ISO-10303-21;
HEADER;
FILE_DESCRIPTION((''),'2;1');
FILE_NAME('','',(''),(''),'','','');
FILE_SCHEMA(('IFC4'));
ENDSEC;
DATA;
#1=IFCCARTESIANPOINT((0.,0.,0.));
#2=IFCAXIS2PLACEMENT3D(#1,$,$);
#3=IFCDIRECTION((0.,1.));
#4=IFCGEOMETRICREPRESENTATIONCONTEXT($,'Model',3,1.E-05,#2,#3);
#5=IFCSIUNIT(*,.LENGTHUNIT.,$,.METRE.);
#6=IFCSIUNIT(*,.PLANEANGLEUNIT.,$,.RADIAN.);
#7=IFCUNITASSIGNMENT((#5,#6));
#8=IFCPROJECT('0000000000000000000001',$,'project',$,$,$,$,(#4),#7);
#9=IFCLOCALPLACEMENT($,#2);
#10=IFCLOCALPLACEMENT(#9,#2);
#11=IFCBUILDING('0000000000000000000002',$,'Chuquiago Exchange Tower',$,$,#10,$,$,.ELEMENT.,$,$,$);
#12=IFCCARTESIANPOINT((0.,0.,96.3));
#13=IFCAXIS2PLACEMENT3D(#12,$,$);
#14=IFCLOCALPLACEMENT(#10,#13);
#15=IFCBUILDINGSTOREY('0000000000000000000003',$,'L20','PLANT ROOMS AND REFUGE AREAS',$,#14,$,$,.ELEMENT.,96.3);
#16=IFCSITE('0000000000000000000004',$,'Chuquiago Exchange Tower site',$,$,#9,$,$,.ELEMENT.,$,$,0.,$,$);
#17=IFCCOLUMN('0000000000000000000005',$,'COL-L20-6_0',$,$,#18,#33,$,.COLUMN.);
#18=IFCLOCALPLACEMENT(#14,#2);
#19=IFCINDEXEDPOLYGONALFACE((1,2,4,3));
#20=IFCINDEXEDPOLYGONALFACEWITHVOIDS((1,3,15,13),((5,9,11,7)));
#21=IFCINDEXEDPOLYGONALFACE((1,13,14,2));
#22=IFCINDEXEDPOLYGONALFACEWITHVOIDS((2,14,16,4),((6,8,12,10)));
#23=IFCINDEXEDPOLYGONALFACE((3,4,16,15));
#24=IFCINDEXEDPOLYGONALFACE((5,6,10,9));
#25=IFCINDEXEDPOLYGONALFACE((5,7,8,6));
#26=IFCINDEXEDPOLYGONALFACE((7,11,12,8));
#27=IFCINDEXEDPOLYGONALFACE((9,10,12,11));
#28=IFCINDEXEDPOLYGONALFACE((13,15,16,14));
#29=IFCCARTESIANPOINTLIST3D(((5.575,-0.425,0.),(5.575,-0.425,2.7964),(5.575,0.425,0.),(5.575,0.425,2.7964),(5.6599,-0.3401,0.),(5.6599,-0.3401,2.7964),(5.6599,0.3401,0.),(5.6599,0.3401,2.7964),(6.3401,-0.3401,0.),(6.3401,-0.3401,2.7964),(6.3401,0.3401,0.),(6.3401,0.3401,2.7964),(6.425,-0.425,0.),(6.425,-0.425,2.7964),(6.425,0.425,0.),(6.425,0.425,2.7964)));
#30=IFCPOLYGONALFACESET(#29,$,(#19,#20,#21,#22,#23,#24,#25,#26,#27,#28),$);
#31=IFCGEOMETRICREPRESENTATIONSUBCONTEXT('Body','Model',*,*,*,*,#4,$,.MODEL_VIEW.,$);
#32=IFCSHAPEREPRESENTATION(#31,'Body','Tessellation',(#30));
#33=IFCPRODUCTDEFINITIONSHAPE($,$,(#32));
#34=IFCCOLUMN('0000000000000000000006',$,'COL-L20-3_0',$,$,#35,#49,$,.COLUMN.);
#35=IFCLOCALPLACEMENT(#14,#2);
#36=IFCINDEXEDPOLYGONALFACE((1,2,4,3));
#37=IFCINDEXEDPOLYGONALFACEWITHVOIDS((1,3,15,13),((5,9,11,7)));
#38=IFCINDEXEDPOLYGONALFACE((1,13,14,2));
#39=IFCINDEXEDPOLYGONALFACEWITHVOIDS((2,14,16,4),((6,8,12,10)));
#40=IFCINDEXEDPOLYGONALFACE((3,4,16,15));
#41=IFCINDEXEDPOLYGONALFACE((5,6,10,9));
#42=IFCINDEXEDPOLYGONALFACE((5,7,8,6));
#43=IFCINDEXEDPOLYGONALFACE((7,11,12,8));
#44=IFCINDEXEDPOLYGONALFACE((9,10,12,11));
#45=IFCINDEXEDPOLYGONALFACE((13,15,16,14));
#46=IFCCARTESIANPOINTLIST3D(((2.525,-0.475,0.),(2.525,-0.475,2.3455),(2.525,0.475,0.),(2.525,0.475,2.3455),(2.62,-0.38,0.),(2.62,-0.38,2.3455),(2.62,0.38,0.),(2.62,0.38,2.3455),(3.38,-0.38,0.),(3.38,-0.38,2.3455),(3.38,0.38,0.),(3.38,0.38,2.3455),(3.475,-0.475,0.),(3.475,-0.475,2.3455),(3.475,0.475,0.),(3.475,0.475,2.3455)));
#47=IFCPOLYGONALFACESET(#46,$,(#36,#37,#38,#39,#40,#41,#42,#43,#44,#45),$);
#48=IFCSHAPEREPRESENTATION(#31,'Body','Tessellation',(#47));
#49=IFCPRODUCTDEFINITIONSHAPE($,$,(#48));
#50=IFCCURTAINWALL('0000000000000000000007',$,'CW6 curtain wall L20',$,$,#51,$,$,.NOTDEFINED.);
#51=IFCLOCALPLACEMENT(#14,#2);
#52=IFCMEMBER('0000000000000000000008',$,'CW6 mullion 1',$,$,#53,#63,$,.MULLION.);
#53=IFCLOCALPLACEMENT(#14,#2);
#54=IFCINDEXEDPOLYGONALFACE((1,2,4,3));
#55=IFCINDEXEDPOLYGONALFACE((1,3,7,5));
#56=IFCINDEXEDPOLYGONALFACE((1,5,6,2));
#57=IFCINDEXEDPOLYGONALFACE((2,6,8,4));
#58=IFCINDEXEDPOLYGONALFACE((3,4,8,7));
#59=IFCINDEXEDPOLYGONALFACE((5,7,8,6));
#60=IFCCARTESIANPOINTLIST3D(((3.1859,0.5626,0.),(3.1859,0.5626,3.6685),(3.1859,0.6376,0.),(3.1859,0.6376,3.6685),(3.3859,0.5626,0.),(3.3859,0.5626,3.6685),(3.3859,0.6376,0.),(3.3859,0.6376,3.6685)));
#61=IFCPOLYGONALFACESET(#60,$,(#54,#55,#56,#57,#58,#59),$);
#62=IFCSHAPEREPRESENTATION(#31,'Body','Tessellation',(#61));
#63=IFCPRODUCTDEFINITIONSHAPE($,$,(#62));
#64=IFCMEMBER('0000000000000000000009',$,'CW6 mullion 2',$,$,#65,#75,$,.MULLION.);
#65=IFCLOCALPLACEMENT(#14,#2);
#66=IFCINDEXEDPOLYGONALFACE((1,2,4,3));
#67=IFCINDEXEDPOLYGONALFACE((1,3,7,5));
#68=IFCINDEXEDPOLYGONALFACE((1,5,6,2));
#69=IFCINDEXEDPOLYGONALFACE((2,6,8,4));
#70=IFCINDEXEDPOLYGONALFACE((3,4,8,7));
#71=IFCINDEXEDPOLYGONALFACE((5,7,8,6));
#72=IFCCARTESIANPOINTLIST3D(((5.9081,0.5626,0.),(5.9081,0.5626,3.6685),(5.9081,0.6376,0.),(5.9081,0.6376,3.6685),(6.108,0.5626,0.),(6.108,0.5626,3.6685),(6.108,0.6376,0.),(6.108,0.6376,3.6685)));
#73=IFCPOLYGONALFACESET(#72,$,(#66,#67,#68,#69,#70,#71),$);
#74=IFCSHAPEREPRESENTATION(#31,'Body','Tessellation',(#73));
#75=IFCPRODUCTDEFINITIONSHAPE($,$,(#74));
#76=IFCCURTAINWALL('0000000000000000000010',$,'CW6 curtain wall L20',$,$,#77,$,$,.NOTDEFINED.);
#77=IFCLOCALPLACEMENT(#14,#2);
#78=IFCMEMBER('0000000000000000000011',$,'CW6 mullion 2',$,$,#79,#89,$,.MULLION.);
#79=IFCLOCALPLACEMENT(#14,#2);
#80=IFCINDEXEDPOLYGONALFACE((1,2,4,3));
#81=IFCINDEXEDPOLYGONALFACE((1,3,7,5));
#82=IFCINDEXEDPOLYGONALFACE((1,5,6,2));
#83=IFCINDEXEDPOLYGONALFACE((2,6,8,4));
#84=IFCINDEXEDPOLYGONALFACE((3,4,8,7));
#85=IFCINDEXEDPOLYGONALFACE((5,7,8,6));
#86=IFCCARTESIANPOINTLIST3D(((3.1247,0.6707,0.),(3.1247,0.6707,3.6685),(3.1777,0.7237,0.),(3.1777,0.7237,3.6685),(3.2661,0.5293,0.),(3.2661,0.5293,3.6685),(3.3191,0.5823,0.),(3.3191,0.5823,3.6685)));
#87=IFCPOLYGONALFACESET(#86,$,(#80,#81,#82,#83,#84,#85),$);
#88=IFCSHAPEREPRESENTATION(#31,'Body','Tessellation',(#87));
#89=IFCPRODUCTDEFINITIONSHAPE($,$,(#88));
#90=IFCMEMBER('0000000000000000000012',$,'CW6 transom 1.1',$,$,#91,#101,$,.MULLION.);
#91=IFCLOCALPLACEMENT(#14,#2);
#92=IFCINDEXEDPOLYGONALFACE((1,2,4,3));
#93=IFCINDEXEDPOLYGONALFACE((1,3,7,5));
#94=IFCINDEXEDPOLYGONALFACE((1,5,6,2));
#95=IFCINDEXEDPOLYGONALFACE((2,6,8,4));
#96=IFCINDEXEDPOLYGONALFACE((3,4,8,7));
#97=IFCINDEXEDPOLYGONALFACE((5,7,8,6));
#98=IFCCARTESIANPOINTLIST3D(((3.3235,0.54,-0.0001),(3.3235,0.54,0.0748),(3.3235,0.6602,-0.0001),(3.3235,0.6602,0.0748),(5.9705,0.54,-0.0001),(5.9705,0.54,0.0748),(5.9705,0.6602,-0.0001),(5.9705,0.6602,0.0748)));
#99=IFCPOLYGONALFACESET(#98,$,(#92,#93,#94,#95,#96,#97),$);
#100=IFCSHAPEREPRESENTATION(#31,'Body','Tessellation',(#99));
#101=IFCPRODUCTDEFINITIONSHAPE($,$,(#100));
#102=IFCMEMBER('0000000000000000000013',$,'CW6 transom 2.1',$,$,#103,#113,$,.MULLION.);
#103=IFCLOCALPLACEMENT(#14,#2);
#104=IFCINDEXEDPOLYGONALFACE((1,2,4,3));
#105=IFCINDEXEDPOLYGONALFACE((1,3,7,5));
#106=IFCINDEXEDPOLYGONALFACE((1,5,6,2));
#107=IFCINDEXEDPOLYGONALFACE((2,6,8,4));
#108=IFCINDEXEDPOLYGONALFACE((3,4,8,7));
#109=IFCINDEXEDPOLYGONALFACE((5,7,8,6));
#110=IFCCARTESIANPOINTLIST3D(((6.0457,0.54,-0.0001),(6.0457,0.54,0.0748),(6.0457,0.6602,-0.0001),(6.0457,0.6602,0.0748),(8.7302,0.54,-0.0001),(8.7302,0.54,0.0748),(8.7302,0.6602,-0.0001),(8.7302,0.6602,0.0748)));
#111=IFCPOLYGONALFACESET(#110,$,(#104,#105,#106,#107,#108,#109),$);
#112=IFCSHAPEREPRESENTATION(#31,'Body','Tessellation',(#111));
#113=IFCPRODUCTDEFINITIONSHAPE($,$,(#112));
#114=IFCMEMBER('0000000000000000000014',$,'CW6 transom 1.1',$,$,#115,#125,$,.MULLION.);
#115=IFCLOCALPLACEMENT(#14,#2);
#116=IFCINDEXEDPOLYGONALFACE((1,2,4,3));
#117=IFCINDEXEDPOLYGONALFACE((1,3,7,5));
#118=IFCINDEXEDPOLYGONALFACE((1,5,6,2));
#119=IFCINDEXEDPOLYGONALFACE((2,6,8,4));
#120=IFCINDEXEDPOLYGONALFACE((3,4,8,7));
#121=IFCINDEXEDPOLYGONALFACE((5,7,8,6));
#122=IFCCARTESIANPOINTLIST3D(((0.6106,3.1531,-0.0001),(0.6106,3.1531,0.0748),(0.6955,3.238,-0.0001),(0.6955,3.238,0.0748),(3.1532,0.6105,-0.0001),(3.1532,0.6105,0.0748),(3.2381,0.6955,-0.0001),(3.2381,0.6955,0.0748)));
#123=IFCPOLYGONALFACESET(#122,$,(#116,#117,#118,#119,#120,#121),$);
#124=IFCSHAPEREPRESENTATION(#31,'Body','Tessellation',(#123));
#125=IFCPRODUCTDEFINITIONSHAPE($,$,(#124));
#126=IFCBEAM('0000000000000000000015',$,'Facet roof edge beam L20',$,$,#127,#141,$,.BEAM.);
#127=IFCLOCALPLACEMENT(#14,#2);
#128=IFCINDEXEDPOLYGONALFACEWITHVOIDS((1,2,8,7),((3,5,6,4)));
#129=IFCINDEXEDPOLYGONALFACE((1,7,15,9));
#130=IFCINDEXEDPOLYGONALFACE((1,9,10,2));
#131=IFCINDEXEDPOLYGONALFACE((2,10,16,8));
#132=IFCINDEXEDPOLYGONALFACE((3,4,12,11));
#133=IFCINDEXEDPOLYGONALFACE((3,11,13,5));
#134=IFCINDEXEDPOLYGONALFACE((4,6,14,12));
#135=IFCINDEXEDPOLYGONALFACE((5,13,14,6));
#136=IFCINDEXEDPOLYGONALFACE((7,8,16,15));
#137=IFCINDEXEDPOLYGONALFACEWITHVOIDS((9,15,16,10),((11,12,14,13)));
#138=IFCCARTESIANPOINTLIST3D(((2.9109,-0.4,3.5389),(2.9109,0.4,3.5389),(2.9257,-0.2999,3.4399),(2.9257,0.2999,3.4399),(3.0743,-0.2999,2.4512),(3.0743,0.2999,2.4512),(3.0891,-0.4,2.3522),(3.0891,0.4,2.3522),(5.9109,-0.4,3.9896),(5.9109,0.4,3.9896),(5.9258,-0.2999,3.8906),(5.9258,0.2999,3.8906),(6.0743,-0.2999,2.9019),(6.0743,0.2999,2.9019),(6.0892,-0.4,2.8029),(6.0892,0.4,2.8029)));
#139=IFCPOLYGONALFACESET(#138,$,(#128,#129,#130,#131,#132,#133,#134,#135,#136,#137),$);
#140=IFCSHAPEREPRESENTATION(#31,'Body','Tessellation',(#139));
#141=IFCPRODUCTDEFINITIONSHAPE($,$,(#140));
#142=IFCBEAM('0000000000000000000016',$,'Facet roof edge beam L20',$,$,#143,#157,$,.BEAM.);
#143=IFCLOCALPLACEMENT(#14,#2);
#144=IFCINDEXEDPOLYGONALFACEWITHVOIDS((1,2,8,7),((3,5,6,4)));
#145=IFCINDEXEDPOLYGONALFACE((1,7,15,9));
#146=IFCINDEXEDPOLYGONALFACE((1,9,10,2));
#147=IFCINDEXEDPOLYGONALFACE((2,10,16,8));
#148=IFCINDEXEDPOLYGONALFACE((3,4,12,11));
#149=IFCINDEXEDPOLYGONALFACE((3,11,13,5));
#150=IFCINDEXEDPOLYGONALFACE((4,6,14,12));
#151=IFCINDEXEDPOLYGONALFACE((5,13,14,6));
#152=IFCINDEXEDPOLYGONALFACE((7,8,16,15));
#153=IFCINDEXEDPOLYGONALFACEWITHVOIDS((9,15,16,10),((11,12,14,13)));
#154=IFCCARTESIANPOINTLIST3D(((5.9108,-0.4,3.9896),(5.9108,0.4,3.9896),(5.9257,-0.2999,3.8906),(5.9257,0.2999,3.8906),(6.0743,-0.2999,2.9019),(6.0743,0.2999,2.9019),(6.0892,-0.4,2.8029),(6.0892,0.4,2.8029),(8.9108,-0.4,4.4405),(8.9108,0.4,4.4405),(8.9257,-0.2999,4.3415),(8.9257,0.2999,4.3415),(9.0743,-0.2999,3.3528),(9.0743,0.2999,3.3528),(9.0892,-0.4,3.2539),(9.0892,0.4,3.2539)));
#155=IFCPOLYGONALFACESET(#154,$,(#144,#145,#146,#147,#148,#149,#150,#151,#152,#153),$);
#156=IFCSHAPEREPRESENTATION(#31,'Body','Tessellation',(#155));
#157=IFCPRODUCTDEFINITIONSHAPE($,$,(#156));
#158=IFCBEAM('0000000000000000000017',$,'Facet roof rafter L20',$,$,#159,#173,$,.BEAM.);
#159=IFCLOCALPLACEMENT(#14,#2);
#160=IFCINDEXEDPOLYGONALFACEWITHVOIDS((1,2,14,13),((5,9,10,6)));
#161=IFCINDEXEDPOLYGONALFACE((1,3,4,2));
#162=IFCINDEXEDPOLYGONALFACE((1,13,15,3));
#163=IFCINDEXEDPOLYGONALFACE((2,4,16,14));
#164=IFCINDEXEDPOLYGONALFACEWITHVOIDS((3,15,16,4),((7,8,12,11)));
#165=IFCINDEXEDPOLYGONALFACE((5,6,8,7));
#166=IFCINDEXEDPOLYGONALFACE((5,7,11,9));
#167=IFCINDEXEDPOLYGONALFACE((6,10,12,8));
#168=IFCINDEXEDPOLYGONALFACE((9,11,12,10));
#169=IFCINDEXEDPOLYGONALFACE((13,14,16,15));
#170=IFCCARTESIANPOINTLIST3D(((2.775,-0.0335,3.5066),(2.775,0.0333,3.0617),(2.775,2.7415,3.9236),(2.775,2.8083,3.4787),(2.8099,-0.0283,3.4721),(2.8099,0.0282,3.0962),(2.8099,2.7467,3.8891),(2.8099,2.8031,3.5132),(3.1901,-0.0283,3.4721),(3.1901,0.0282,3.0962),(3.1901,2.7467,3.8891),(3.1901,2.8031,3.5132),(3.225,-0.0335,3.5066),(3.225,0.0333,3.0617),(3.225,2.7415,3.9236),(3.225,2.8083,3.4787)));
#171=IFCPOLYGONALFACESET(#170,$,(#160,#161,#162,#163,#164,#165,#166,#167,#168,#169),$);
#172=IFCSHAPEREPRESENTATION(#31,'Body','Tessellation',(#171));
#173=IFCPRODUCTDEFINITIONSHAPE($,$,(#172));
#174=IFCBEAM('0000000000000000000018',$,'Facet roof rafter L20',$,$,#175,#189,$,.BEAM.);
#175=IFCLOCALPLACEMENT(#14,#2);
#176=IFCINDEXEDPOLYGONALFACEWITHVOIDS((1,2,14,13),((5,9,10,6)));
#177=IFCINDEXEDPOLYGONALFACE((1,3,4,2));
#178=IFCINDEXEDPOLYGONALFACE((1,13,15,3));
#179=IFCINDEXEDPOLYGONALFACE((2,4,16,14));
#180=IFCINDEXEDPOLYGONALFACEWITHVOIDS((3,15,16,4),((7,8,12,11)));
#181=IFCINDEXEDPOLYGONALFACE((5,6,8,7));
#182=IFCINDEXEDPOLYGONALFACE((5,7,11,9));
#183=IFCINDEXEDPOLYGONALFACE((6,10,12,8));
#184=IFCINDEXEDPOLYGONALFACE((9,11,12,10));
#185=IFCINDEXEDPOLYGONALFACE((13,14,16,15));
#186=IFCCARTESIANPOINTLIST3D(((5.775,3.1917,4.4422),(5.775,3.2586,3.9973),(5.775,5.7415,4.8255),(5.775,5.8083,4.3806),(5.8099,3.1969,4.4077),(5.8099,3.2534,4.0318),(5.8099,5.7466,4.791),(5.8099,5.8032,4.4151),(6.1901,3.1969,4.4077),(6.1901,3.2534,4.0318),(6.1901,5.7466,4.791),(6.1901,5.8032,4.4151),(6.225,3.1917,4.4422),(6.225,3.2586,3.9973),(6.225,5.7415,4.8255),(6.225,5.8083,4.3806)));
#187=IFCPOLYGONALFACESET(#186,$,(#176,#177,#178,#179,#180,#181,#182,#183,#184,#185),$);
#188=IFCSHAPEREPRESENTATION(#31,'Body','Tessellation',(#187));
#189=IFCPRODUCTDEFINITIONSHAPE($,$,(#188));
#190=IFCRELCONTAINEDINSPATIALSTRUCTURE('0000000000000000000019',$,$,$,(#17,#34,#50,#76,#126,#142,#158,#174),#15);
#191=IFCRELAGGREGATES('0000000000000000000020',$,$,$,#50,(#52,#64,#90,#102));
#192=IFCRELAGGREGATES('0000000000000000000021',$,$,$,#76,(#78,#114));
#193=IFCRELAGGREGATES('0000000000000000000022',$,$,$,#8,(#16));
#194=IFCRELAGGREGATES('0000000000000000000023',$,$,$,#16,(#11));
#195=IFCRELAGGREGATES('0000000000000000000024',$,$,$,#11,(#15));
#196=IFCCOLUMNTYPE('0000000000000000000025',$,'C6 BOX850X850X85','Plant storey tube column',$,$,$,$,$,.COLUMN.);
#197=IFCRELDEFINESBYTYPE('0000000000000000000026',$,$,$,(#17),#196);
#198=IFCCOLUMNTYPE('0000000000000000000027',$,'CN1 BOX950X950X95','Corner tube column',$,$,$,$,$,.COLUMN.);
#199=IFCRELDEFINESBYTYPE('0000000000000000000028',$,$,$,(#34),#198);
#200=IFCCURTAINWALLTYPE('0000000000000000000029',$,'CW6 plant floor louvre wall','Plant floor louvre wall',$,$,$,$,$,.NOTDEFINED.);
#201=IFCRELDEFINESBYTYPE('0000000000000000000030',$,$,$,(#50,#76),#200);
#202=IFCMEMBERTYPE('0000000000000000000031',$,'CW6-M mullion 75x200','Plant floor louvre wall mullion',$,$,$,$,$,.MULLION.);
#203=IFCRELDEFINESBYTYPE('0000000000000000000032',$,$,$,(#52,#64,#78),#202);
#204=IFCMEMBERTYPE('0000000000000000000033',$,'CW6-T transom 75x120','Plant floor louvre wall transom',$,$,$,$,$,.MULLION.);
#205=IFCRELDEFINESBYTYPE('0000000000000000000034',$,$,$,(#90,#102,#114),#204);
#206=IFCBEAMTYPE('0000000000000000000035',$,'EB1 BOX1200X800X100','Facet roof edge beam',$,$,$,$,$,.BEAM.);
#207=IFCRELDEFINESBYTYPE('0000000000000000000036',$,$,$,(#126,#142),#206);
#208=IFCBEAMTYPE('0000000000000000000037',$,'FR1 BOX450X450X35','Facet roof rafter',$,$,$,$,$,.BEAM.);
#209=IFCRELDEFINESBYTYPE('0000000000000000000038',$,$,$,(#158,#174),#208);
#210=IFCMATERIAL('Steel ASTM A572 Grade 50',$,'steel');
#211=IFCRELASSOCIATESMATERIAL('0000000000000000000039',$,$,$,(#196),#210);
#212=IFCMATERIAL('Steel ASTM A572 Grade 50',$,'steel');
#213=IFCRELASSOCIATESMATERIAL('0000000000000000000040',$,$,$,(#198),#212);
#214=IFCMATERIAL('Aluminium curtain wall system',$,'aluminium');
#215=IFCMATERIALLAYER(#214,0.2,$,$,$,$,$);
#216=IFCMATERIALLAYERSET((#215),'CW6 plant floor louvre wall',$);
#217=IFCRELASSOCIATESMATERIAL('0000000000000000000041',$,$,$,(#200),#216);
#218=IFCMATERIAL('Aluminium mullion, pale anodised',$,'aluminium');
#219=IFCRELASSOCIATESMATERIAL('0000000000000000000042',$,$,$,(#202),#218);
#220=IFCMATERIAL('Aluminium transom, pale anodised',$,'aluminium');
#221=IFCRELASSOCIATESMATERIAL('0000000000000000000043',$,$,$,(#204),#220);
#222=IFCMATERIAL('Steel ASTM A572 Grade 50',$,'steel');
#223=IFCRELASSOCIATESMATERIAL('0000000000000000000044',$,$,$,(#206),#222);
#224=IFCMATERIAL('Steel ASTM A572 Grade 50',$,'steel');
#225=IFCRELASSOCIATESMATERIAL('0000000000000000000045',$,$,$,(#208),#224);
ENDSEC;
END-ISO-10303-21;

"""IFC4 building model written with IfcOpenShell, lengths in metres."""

from ifc_helpers import new_model, si_unit, direction, frame, origin, origin_2d, place, context, subcontext, project, spatial, rectangle, hollow_rectangle, extrude, material, layer, layer_set, material_profile, profile_set, type_object, element, aggregate, save


model = new_model("IFC4")

# Units and contexts
model_context = context("Model", 3, precision=1e-05, world=origin(), true_north=direction((0.0, 1.0)))
body_context = subcontext(model_context, "Body", "Model", "MODEL_VIEW")
ifc_project = project(units=[si_unit("LENGTHUNIT", "METRE"), si_unit("PLANEANGLEUNIT", "RADIAN")], contexts=[model_context])

# Site, building, storey
site_placement = place(None, origin())
site = spatial("IfcSite", under=ifc_project, at=site_placement, Name="Chuquiago Exchange Tower site", CompositionType="ELEMENT", RefElevation=0.0)
building_placement = place(site_placement, origin())
building = spatial("IfcBuilding", under=site, at=building_placement, Name="Chuquiago Exchange Tower", CompositionType="ELEMENT")
storey_placement = place(building_placement, frame((0.0, 0.0, 96.3)))
storey = spatial("IfcBuildingStorey", under=building, at=storey_placement, Name="L20", Description="PLANT ROOMS AND REFUGE AREAS", CompositionType="ELEMENT", Elevation=96.3)

# Columns
ifc_material_1 = material(Name="Steel ASTM A572 Grade 50", Category="steel")
ifc_material_profile_1 = material_profile(ifc_material_1, hollow_rectangle(XDim=0.8501, YDim=0.8501, WallThickness=0.085, at=origin_2d()), Name="BOX850X850X85")
ifc_profile_set_1 = profile_set([ifc_material_profile_1], Name="Steel ASTM A572 Grade 50")
column_type_1 = type_object("IfcColumnType", Name="C6 BOX850X850X85", Description="Plant storey tube column", PredefinedType="COLUMN", material=ifc_profile_set_1)
column_1_placement = place(storey_placement, frame((6.0, 0.0, 0.0), z_axis=(0.0, 0.0, 1.0), x_axis=(0.0, -1.0, 0.0)))
element("IfcColumn", 1, at=column_1_placement, inside=storey, type_object=column_type_1, Name="COL-L20-6_0", PredefinedType="COLUMN", context=body_context, shape_type="SweptSolid", body=[
    extrude(hollow_rectangle(XDim=0.8501, YDim=0.8501, WallThickness=0.085, at=origin_2d()), origin(), (0.0, 0.0, 1.0), 2.7964),
])
ifc_material_2 = material(Name="Steel ASTM A572 Grade 50", Category="steel")
ifc_material_profile_2 = material_profile(ifc_material_2, hollow_rectangle(XDim=0.95, YDim=0.95, WallThickness=0.095, at=origin_2d()), Name="BOX950X950X95")
ifc_profile_set_2 = profile_set([ifc_material_profile_2], Name="Steel ASTM A572 Grade 50")
column_type_2 = type_object("IfcColumnType", Name="CN1 BOX950X950X95", Description="Corner tube column", PredefinedType="COLUMN", material=ifc_profile_set_2)
column_2_placement = place(storey_placement, frame((3.0, 0.0, 0.0), z_axis=(0.0, 0.0, 1.0), x_axis=(0.0, -1.0, 0.0)))
element("IfcColumn", 2, at=column_2_placement, inside=storey, type_object=column_type_2, Name="COL-L20-3_0", PredefinedType="COLUMN", context=body_context, shape_type="SweptSolid", body=[
    extrude(hollow_rectangle(XDim=0.95, YDim=0.95, WallThickness=0.095, at=origin_2d()), origin(), (0.0, 0.0, 1.0), 2.3455),
])

# Curtain wall, members
ifc_material_3 = material(Name="Aluminium curtain wall system", Category="aluminium")
ifc_layer_1 = layer(ifc_material_3, 0.2)
ifc_layer_set_1 = layer_set([ifc_layer_1], Name="CW6 plant floor louvre wall")
curtain_wall_type = type_object("IfcCurtainWallType", Name="CW6 plant floor louvre wall", Description="Plant floor louvre wall", PredefinedType="NOTDEFINED", material=ifc_layer_set_1)
curtain_wall_1_placement = place(storey_placement, origin())
curtain_wall_1 = element("IfcCurtainWall", 3, at=curtain_wall_1_placement, inside=storey, type_object=curtain_wall_type, Name="CW6 curtain wall L20", PredefinedType="NOTDEFINED")
ifc_material_4 = material(Name="Aluminium mullion, pale anodised", Category="aluminium")
ifc_material_profile_3 = material_profile(ifc_material_4, rectangle(XDim=0.075, YDim=0.2, at=origin_2d()), Name="AL 75x200")
ifc_profile_set_3 = profile_set([ifc_material_profile_3], Name="Aluminium mullion, pale anodised")
member_type_1 = type_object("IfcMemberType", Name="CW6-M mullion 75x200", Description="Plant floor louvre wall mullion", PredefinedType="MULLION", material=ifc_profile_set_3)
member_1_placement = place(storey_placement, frame((3.2859, 0.6001, 0.0), z_axis=(0.0, 0.0, 1.0), x_axis=(0.0, 1.0, 0.0)))
member_1 = element("IfcMember", 4, at=member_1_placement, type_object=member_type_1, Name="CW6 mullion 1", PredefinedType="MULLION", context=body_context, shape_type="SweptSolid", body=[
    extrude(rectangle(XDim=0.075, YDim=0.2, at=origin_2d()), origin(), (0.0, 0.0, 1.0), 3.6685),
])
member_2_placement = place(storey_placement, frame((6.0081, 0.6001, 0.0), z_axis=(0.0, 0.0, 1.0), x_axis=(0.0, 1.0, 0.0)))
member_2 = element("IfcMember", 5, at=member_2_placement, type_object=member_type_1, Name="CW6 mullion 2", PredefinedType="MULLION", context=body_context, shape_type="SweptSolid", body=[
    extrude(rectangle(XDim=0.075, YDim=0.2, at=origin_2d()), origin(), (0.0, 0.0, 1.0), 3.6685),
])

# Curtain wall, member
curtain_wall_2_placement = place(storey_placement, origin())
curtain_wall_2 = element("IfcCurtainWall", 6, at=curtain_wall_2_placement, inside=storey, type_object=curtain_wall_type, Name="CW6 curtain wall L20", PredefinedType="NOTDEFINED")
member_3_placement = place(storey_placement, frame((3.2219, 0.6265, 0.0), z_axis=(0.0, 0.0, 1.0), x_axis=(0.707107, 0.707107, 0.0)))
member_3 = element("IfcMember", 7, at=member_3_placement, type_object=member_type_1, Name="CW6 mullion 2", PredefinedType="MULLION", context=body_context, shape_type="SweptSolid", body=[
    extrude(rectangle(XDim=0.075, YDim=0.2, at=origin_2d()), origin(), (0.0, 0.0, 1.0), 3.6685),
])

# Members
ifc_material_5 = material(Name="Aluminium transom, pale anodised", Category="aluminium")
ifc_material_profile_4 = material_profile(ifc_material_5, rectangle(XDim=0.1201, YDim=0.075, at=origin_2d()), Name="AL 120x75")
ifc_profile_set_4 = profile_set([ifc_material_profile_4], Name="Aluminium transom, pale anodised")
member_type_2 = type_object("IfcMemberType", Name="CW6-T transom 75x120", Description="Plant floor louvre wall transom", PredefinedType="MULLION", material=ifc_profile_set_4)
member_4_placement = place(storey_placement, frame((3.3235, 0.6001, 0.0374), z_axis=(1.0, 0.0, 0.0), x_axis=(0.0, 1.0, 0.0)))
member_4 = element("IfcMember", 8, at=member_4_placement, type_object=member_type_2, Name="CW6 transom 1.1", PredefinedType="MULLION", context=body_context, shape_type="SweptSolid", body=[
    extrude(rectangle(XDim=0.1201, YDim=0.075, at=origin_2d()), origin(), (0.0, 0.0, 1.0), 2.647),
])
member_5_placement = place(storey_placement, frame((6.0457, 0.6001, 0.0374), z_axis=(1.0, 0.0, 0.0), x_axis=(0.0, 1.0, 0.0)))
member_5 = element("IfcMember", 9, at=member_5_placement, type_object=member_type_2, Name="CW6 transom 2.1", PredefinedType="MULLION", context=body_context, shape_type="SweptSolid", body=[
    extrude(rectangle(XDim=0.1201, YDim=0.075, at=origin_2d()), origin(), (0.0, 0.0, 1.0), 2.6846),
])
member_6_placement = place(storey_placement, frame((0.6531, 3.1956, 0.0374), z_axis=(0.707107, -0.707107, 0.0), x_axis=(0.707107, 0.707107, 0.0)))
member_6 = element("IfcMember", 10, at=member_6_placement, type_object=member_type_2, Name="CW6 transom 1.1", PredefinedType="MULLION", context=body_context, shape_type="SweptSolid", body=[
    extrude(rectangle(XDim=0.1201, YDim=0.075, at=origin_2d()), origin(), (0.0, 0.0, 1.0), 3.5957),
])

# Beams
ifc_material_6 = material(Name="Steel ASTM A572 Grade 50", Category="steel")
ifc_material_profile_5 = material_profile(ifc_material_6, hollow_rectangle(XDim=0.8, YDim=1.2, WallThickness=0.1001, at=origin_2d()), Name="BOX1200X800X100")
ifc_profile_set_5 = profile_set([ifc_material_profile_5], Name="Steel ASTM A572 Grade 50")
beam_type_1 = type_object("IfcBeamType", Name="EB1 BOX1200X800X100", Description="Facet roof edge beam", PredefinedType="BEAM", material=ifc_profile_set_5)
for number, where, z_axis, x_axis, name in (
    (11, (3.0, 0.0, 2.9456), (0.988903, 0.0, 0.148561), (0.0, 1.0, 0.0), "Facet roof edge beam L20"),
    (12, (6.0, 0.0, 3.3962), (0.988891, 0.0, 0.14864), (0.0, 1.0, 0.0), "Facet roof edge beam L20"),
):
    element("IfcBeam", number, at=place(storey_placement, frame(where, z_axis=z_axis, x_axis=x_axis)), inside=storey, type_object=beam_type_1, Name=name, PredefinedType="BEAM", context=body_context, shape_type="SweptSolid", body=[
        extrude(hollow_rectangle(XDim=0.8, YDim=1.2, WallThickness=0.1001, at=origin_2d()), origin(), (0.0, 0.0, 1.0), 3.0337),
    ])
ifc_material_7 = material(Name="Steel ASTM A572 Grade 50", Category="steel")
ifc_material_profile_6 = material_profile(ifc_material_7, hollow_rectangle(XDim=0.45, YDim=0.45, WallThickness=0.0349, at=origin_2d()), Name="BOX450X450X35")
ifc_profile_set_6 = profile_set([ifc_material_profile_6], Name="Steel ASTM A572 Grade 50")
beam_type_2 = type_object("IfcBeamType", Name="FR1 BOX450X450X35", Description="Facet roof rafter", PredefinedType="BEAM", material=ifc_profile_set_6)
beam_1_placement = place(storey_placement, frame((3.0, 2.7749, 3.7012), z_axis=(0.0, -0.988897, -0.148604), x_axis=(1.0, 0.0, 0.0)))
element("IfcBeam", 13, at=beam_1_placement, inside=storey, type_object=beam_type_2, Name="Facet roof rafter L20", PredefinedType="BEAM", context=body_context, shape_type="SweptSolid", body=[
    extrude(hollow_rectangle(XDim=0.45, YDim=0.45, WallThickness=0.0349, at=origin_2d()), origin(), (0.0, 0.0, 1.0), 2.8062),
])
beam_2_placement = place(storey_placement, frame((6.0, 5.7749, 4.603), z_axis=(0.0, -0.988889, -0.148655), x_axis=(1.0, 0.0, 0.0)))
element("IfcBeam", 14, at=beam_2_placement, inside=storey, type_object=beam_type_2, Name="Facet roof rafter L20", PredefinedType="BEAM", context=body_context, shape_type="SweptSolid", body=[
    extrude(hollow_rectangle(XDim=0.45, YDim=0.45, WallThickness=0.0349, at=origin_2d()), origin(), (0.0, 0.0, 1.0), 2.5784),
])

aggregate(curtain_wall_1, [member_1, member_2, member_4, member_5])
aggregate(curtain_wall_2, [member_3, member_6])

save(model, "model.ifc")
